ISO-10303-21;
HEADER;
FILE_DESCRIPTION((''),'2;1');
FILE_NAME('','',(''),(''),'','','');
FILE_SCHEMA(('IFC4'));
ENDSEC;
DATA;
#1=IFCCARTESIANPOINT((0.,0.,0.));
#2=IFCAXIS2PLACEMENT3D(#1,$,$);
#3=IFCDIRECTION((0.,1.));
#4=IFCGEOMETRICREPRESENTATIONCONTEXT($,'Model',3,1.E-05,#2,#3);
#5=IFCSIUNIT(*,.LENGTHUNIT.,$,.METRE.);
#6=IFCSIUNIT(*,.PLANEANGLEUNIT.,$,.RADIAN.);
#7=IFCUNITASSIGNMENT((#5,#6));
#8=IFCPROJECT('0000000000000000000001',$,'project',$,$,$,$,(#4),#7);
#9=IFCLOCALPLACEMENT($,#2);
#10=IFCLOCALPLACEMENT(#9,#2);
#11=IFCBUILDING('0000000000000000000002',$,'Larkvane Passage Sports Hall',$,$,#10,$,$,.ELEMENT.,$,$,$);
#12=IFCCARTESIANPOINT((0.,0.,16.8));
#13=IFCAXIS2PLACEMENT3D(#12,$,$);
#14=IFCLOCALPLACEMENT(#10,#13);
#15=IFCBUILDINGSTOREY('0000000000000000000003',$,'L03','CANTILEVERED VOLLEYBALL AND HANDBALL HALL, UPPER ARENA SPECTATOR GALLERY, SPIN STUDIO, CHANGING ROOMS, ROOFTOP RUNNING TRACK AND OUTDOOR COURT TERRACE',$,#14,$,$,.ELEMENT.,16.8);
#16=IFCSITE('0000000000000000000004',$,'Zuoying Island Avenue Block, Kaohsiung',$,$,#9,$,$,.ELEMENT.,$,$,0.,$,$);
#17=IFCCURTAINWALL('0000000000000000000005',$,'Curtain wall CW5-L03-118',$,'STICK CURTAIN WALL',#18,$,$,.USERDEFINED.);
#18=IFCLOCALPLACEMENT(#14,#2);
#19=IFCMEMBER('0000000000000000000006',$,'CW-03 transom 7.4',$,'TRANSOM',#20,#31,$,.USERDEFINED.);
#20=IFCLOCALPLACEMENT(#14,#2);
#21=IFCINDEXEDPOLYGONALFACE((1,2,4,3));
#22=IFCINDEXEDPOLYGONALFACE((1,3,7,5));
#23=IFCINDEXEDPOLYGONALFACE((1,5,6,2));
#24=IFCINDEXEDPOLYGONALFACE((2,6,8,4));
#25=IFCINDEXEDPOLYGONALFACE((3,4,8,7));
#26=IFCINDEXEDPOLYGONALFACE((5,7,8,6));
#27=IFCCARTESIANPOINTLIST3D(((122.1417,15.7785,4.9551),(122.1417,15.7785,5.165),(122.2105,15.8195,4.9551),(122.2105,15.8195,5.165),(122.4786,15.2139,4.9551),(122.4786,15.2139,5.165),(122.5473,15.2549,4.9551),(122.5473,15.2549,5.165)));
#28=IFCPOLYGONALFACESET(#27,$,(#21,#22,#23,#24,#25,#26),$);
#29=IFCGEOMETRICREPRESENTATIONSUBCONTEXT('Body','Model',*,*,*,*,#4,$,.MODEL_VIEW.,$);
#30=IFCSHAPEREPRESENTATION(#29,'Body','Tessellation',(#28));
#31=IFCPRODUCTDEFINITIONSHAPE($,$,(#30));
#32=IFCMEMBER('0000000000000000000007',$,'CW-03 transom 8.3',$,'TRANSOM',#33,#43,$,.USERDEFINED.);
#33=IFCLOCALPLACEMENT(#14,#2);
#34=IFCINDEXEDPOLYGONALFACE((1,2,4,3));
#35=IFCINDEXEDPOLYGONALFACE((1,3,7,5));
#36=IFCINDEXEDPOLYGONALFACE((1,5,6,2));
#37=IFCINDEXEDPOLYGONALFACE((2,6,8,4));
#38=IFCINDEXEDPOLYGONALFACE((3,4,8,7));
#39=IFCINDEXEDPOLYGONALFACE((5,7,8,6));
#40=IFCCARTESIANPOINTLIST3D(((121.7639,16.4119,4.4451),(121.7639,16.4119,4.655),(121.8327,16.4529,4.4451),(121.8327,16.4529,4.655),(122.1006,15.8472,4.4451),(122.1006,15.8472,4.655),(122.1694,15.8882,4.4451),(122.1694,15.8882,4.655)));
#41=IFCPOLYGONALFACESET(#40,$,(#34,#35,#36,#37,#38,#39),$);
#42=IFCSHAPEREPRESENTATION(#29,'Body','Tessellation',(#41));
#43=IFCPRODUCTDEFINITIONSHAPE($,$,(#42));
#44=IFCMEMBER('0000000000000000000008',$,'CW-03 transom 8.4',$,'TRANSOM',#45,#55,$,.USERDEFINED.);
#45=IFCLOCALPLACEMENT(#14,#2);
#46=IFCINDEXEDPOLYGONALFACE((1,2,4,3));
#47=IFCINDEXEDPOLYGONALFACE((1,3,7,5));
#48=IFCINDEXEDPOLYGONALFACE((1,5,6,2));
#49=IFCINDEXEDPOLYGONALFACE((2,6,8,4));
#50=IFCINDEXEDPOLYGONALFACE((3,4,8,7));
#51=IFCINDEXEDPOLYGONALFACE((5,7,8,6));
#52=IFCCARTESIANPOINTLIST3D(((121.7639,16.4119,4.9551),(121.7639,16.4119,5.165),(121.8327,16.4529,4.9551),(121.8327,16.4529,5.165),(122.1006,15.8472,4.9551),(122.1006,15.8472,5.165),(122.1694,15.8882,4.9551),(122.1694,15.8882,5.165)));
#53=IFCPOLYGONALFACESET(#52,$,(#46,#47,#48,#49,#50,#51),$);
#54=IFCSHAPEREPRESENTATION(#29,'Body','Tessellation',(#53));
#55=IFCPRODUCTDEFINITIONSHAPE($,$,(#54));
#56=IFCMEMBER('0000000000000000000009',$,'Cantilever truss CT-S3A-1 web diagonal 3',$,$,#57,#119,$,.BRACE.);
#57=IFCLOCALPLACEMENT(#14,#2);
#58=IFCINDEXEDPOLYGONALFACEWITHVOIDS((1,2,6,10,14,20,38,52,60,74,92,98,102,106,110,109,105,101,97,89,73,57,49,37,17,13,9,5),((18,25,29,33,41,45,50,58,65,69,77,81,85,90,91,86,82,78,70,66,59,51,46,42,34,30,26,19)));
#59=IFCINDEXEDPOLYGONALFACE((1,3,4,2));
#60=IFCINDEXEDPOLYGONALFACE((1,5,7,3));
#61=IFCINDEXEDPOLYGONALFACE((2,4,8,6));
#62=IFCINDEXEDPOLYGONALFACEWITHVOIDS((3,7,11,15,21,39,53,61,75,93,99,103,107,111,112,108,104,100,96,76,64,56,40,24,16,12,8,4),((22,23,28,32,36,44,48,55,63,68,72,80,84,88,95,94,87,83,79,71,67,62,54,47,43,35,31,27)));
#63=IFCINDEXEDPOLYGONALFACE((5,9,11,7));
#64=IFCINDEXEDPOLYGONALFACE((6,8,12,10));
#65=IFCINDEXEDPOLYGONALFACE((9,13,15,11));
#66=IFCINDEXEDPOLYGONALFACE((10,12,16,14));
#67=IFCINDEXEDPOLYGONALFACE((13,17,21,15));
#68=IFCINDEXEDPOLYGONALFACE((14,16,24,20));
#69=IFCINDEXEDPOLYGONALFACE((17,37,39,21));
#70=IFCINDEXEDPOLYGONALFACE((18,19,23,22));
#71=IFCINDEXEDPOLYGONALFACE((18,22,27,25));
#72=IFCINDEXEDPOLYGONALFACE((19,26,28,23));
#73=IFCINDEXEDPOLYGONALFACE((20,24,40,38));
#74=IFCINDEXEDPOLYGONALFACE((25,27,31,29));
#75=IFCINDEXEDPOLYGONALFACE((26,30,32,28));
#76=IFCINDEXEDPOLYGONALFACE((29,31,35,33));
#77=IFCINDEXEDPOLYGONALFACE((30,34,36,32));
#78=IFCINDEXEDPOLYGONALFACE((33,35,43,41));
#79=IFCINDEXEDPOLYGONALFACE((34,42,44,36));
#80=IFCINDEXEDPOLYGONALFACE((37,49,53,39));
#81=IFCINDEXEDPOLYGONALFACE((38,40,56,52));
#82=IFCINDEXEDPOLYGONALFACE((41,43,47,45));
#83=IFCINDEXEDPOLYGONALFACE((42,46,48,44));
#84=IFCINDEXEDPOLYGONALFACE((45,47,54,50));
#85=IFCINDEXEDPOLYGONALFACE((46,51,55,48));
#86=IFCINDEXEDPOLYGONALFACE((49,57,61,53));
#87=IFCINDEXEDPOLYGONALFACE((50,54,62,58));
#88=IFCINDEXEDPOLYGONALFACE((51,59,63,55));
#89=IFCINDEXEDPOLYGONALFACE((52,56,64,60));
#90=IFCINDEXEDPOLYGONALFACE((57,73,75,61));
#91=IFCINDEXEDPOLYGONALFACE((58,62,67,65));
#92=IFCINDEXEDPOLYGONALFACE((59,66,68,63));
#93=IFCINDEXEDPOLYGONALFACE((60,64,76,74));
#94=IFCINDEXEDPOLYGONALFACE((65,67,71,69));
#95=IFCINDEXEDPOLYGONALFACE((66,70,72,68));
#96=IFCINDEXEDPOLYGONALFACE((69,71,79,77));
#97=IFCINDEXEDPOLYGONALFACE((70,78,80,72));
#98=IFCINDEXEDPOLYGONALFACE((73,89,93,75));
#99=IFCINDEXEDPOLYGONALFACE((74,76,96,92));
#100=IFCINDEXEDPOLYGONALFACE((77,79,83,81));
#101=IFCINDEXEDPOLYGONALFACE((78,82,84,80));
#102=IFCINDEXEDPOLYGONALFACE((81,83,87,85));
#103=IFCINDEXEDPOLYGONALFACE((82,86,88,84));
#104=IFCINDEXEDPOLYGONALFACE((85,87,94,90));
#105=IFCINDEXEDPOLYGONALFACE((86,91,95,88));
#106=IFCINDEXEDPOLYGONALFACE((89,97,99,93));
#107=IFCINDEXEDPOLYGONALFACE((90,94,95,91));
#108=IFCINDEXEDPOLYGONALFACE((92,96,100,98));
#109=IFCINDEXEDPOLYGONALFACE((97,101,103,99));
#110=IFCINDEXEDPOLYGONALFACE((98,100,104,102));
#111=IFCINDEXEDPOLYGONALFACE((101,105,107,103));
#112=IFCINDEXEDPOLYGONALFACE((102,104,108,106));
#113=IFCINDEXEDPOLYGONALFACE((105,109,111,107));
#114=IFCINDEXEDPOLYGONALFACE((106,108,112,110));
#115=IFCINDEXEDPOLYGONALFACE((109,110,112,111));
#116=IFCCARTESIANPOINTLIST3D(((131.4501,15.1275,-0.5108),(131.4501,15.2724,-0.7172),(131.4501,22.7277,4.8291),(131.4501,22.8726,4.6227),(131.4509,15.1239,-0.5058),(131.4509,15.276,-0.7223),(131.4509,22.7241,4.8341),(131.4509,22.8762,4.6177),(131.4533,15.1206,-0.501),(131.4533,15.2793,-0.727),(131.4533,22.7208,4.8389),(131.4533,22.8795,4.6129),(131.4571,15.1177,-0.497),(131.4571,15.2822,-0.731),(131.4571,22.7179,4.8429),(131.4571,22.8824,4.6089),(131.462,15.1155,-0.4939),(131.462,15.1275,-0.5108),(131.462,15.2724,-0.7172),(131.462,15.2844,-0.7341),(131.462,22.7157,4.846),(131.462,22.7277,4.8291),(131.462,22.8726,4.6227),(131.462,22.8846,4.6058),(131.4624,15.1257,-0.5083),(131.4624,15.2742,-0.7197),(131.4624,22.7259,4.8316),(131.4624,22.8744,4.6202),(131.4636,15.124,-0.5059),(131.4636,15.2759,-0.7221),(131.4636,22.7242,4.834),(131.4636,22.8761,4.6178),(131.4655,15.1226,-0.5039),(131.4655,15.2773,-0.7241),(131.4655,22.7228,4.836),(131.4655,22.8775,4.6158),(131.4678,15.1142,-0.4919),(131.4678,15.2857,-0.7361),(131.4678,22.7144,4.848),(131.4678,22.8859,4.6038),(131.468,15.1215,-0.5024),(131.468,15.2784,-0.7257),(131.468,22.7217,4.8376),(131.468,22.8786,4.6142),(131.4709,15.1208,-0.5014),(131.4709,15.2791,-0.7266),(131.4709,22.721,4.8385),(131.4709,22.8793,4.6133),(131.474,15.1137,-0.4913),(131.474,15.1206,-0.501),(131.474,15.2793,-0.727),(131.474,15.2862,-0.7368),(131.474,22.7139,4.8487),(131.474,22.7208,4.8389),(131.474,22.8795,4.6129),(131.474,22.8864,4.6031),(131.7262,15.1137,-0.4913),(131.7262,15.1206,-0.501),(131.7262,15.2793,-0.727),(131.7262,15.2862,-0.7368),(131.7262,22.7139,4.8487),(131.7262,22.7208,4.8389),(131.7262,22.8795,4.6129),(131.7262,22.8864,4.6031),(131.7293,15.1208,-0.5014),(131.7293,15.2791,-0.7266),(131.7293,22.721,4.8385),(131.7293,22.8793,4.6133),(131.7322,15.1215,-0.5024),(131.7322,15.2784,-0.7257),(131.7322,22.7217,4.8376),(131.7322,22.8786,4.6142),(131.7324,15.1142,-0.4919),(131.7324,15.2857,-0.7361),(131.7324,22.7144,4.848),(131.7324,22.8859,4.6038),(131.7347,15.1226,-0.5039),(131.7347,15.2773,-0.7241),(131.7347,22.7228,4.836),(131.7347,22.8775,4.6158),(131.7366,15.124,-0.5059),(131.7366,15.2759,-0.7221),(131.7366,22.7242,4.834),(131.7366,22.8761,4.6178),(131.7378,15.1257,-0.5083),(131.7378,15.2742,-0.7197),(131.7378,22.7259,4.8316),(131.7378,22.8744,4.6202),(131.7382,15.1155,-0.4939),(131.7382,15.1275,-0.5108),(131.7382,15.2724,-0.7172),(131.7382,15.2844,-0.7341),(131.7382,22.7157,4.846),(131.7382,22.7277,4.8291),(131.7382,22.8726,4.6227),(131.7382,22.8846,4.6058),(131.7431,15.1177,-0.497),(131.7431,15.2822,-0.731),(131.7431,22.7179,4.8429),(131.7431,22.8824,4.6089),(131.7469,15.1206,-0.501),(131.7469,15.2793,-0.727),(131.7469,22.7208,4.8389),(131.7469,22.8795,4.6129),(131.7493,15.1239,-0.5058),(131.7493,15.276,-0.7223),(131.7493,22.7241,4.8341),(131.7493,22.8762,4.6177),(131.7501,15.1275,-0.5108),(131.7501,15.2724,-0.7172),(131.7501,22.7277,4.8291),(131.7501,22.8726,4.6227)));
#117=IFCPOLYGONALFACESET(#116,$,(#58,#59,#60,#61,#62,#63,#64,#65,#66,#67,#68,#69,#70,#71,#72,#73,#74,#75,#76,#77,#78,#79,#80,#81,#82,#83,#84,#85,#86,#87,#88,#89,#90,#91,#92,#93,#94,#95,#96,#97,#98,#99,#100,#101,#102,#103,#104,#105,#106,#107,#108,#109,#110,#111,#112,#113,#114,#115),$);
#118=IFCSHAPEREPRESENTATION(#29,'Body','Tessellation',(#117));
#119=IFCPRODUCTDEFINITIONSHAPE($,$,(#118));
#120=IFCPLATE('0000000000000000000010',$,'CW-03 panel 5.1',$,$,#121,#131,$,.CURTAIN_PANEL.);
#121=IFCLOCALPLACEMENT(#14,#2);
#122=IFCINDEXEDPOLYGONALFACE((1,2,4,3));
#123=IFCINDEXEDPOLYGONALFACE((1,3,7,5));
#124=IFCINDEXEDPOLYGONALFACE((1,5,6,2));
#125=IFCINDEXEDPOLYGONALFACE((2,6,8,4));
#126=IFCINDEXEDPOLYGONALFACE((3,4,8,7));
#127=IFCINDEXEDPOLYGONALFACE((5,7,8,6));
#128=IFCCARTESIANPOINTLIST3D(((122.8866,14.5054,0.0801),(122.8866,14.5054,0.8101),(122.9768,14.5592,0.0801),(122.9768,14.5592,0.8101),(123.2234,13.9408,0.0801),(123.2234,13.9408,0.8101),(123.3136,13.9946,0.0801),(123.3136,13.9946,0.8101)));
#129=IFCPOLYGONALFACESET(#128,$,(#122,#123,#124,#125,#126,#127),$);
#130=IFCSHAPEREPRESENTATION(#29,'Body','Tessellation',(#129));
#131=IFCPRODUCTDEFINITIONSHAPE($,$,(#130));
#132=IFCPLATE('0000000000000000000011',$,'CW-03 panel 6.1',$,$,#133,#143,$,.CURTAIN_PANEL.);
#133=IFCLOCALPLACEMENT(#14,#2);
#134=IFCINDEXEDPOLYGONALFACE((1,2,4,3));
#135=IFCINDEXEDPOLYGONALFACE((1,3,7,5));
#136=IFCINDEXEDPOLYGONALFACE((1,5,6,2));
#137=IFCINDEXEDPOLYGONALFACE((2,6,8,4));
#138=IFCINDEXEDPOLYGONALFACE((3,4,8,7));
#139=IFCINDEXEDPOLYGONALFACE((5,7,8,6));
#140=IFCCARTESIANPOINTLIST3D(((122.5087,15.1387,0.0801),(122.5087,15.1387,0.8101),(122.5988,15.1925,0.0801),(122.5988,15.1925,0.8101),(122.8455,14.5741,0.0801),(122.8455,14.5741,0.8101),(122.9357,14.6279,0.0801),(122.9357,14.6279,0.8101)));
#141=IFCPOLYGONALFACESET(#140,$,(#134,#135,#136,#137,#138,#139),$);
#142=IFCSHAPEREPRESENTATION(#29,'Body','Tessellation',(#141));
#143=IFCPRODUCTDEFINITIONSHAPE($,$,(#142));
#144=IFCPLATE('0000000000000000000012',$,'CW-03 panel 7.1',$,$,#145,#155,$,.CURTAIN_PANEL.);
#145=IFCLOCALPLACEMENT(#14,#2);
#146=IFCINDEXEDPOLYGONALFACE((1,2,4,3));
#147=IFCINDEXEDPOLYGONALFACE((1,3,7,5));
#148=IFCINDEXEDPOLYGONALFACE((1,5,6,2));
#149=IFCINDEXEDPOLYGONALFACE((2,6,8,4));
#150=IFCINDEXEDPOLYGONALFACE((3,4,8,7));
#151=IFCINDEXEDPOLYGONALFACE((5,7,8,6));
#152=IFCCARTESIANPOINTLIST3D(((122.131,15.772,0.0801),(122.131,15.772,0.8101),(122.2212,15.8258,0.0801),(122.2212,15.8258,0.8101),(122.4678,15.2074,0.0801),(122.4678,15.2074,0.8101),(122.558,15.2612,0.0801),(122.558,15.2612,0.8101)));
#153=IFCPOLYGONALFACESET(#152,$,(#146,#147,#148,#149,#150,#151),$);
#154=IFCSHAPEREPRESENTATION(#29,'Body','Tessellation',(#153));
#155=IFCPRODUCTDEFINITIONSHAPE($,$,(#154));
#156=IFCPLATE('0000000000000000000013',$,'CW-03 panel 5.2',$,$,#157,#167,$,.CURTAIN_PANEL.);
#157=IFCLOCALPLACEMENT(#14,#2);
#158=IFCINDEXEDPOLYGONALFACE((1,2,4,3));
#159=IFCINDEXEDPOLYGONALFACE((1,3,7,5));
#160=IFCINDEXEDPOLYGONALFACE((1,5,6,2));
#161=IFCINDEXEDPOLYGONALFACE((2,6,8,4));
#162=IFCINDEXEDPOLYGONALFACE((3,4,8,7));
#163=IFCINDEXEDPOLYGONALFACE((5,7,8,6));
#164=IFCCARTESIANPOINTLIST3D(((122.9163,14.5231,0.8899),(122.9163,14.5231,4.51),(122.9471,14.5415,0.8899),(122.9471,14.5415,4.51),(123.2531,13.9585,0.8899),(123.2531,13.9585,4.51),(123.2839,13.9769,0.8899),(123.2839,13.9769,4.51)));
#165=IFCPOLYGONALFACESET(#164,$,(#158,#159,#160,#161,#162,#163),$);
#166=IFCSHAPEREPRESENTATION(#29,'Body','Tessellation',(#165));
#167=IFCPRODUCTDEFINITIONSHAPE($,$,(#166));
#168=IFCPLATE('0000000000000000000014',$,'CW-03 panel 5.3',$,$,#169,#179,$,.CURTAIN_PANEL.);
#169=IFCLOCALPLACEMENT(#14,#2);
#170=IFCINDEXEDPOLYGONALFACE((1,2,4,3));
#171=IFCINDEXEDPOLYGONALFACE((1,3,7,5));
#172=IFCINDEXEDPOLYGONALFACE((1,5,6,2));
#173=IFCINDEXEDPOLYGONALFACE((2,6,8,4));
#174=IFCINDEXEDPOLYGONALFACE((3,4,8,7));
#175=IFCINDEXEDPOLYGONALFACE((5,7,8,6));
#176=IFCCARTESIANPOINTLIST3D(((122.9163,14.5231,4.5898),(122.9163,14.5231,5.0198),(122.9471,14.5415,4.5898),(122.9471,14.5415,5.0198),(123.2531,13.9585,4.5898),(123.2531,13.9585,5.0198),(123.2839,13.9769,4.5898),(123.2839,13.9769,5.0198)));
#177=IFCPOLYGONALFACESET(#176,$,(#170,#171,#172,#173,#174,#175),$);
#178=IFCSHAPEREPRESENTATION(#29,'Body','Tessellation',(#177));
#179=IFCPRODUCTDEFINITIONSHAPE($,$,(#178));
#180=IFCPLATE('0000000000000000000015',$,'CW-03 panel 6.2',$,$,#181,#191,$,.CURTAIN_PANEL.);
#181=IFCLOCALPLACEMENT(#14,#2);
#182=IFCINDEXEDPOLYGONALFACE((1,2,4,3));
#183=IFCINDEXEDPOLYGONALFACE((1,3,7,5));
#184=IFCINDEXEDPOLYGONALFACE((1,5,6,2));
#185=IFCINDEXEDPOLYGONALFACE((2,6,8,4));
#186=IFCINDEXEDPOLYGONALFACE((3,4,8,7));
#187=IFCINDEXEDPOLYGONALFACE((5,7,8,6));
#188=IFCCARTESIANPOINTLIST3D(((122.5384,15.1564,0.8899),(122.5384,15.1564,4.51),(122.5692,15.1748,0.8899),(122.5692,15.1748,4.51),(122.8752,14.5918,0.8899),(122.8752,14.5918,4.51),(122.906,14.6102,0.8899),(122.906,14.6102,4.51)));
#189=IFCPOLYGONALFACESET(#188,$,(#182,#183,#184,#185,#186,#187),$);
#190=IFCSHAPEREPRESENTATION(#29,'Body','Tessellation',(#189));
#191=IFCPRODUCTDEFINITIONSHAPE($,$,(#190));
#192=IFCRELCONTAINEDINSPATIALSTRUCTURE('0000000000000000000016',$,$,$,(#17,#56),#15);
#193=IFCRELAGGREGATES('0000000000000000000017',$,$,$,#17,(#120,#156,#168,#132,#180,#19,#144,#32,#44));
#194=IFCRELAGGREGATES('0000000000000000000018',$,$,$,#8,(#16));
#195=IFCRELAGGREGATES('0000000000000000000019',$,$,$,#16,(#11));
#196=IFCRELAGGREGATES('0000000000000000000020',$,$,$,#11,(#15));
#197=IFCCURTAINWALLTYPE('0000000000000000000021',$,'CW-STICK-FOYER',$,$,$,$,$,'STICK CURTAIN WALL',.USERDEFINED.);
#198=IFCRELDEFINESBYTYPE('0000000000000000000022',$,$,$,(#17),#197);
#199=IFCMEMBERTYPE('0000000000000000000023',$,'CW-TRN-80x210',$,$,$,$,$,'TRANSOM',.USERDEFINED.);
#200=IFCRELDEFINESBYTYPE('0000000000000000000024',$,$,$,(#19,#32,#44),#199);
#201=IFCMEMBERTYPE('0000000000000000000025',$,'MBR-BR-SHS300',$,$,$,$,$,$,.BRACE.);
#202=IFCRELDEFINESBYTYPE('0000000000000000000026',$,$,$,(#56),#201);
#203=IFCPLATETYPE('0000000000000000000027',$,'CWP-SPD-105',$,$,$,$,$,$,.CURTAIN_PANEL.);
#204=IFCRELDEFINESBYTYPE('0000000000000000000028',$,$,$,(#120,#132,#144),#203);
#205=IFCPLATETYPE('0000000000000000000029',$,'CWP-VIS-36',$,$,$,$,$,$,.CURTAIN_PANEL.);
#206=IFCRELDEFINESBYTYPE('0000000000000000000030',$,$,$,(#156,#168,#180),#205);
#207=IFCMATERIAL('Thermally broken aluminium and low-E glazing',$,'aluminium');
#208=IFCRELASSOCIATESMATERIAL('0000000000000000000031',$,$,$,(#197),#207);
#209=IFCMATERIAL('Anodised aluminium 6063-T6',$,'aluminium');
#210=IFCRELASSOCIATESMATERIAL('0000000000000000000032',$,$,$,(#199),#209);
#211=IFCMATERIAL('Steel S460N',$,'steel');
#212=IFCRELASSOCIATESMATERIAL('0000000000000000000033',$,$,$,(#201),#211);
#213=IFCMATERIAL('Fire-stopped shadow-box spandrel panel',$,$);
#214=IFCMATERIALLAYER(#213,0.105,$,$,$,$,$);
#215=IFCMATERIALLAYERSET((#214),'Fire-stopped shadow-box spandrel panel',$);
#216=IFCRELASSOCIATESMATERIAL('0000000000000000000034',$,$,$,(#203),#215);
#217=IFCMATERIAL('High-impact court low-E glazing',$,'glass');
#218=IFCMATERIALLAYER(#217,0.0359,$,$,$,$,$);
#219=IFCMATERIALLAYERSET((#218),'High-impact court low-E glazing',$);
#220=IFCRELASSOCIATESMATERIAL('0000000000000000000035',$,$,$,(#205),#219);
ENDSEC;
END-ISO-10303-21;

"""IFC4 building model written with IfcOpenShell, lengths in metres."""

from ifc_helpers import new_model, si_unit, direction, frame, origin, origin_2d, place, context, subcontext, project, spatial, rectangle, hollow_rectangle, extrude, material, layer, layer_set, material_profile, profile_set, type_object, element, aggregate, save


model = new_model("IFC4")

# Units and contexts
model_context = context("Model", 3, precision=1e-05, world=origin(), true_north=direction((0.0, 1.0)))
body_context = subcontext(model_context, "Body", "Model", "MODEL_VIEW")
ifc_project = project(units=[si_unit("LENGTHUNIT", "METRE"), si_unit("PLANEANGLEUNIT", "RADIAN")], contexts=[model_context])

# Site, building, storey
site_placement = place(None, origin())
site = spatial("IfcSite", under=ifc_project, at=site_placement, Name="Zuoying Island Avenue Block, Kaohsiung", CompositionType="ELEMENT", RefElevation=0.0)
building_placement = place(site_placement, origin())
building = spatial("IfcBuilding", under=site, at=building_placement, Name="Larkvane Passage Sports Hall", CompositionType="ELEMENT")
storey_placement = place(building_placement, frame((0.0, 0.0, 16.8)))
storey = spatial("IfcBuildingStorey", under=building, at=storey_placement, Name="L03", Description="CANTILEVERED VOLLEYBALL AND HANDBALL HALL, UPPER ARENA SPECTATOR GALLERY, SPIN STUDIO, CHANGING ROOMS, ROOFTOP RUNNING TRACK AND OUTDOOR COURT TERRACE", CompositionType="ELEMENT", Elevation=16.8)

# Shared definitions
ifc_material_1 = material(Name="Steel S460N", Category="steel")

# Curtain wall, members
ifc_material_2 = material(Name="Thermally broken aluminium and low-E glazing", Category="aluminium")
curtain_wall_type = type_object("IfcCurtainWallType", Name="CW-STICK-FOYER", ElementType="STICK CURTAIN WALL", PredefinedType="USERDEFINED", material=ifc_material_2)
curtain_wall_placement = place(storey_placement, origin())
curtain_wall = element("IfcCurtainWall", 1, at=curtain_wall_placement, inside=storey, type_object=curtain_wall_type, Name="Curtain wall CW5-L03-118", ObjectType="STICK CURTAIN WALL", PredefinedType="USERDEFINED")
ifc_material_3 = material(Name="Anodised aluminium 6063-T6", Category="aluminium")
ifc_material_profile_1 = material_profile(ifc_material_3, rectangle(XDim=0.0801, YDim=0.21, at=origin_2d()), Name="ALU-TRN-80x210")
ifc_profile_set_1 = profile_set([ifc_material_profile_1], Name="Anodised aluminium 6063-T6")
member_type_1 = type_object("IfcMemberType", Name="CW-TRN-80x210", ElementType="TRANSOM", PredefinedType="USERDEFINED", material=ifc_profile_set_1)
member_1_placement = place(storey_placement, frame((122.5129, 15.2344, 5.0601), z_axis=(-0.512365, 0.858768, 0.0), x_axis=(-0.858768, -0.512365, 0.0)))
member_1 = element("IfcMember", 2, at=member_1_placement, type_object=member_type_1, Name="CW-03 transom 7.4", ObjectType="TRANSOM", PredefinedType="USERDEFINED", context=body_context, shape_type="SweptSolid", body=[
    extrude(rectangle(XDim=0.0801, YDim=0.21, at=origin_2d()), origin(), (0.0, 0.0, 1.0), 0.6575),
])
member_2_placement = place(storey_placement, frame((122.135, 15.8677, 4.55), z_axis=(-0.512091, 0.858931, 0.0), x_axis=(-0.858931, -0.512091, 0.0)))
member_2 = element("IfcMember", 3, at=member_2_placement, type_object=member_type_1, Name="CW-03 transom 8.3", ObjectType="TRANSOM", PredefinedType="USERDEFINED", context=body_context, shape_type="SweptSolid", body=[
    extrude(rectangle(XDim=0.0801, YDim=0.21, at=origin_2d()), origin(), (0.0, 0.0, 1.0), 0.6575),
])
member_3_placement = place(storey_placement, frame((122.135, 15.8677, 5.0601), z_axis=(-0.512091, 0.858931, 0.0), x_axis=(-0.858931, -0.512091, 0.0)))
member_3 = element("IfcMember", 4, at=member_3_placement, type_object=member_type_1, Name="CW-03 transom 8.4", ObjectType="TRANSOM", PredefinedType="USERDEFINED", context=body_context, shape_type="SweptSolid", body=[
    extrude(rectangle(XDim=0.0801, YDim=0.21, at=origin_2d()), origin(), (0.0, 0.0, 1.0), 0.6575),
])

# Member
ifc_material_profile_2 = material_profile(ifc_material_1, hollow_rectangle(XDim=0.3, YDim=0.3, WallThickness=0.012, InnerFilletRadius=0.012, OuterFilletRadius=0.0239, at=origin_2d()), Name="SHS-300x300x12")
ifc_profile_set_2 = profile_set([ifc_material_profile_2], Name="Steel S460N")
member_type_2 = type_object("IfcMemberType", Name="MBR-BR-SHS300", PredefinedType="BRACE", material=ifc_profile_set_2)
member_4_placement = place(storey_placement, frame((131.6001, 15.2, -0.614), z_axis=(0.0, 0.81823, 0.57489), x_axis=(-1.0, 0.0, 0.0)))
element("IfcMember", 5, at=member_4_placement, inside=storey, type_object=member_type_2, Name="Cantilever truss CT-S3A-1 web diagonal 3", PredefinedType="BRACE", context=body_context, shape_type="SweptSolid", body=[
    extrude(hollow_rectangle(XDim=0.3, YDim=0.3, WallThickness=0.012, InnerFilletRadius=0.012, OuterFilletRadius=0.0239, at=origin_2d()), origin(), (0.0, 0.0, 1.0), 9.2886),
])

# Plates
ifc_material_4 = material(Name="Fire-stopped shadow-box spandrel panel")
ifc_layer_1 = layer(ifc_material_4, 0.105)
ifc_layer_set_1 = layer_set([ifc_layer_1], Name="Fire-stopped shadow-box spandrel panel")
plate_type_1 = type_object("IfcPlateType", Name="CWP-SPD-105", PredefinedType="CURTAIN_PANEL", material=ifc_layer_set_1)
plate_1_placement = place(storey_placement, frame((123.1001, 14.25, 0.0801), z_axis=(0.0, 0.0, 1.0), x_axis=(-0.512278, 0.85882, 0.0)))
plate_1 = element("IfcPlate", 6, at=plate_1_placement, type_object=plate_type_1, Name="CW-03 panel 5.1", PredefinedType="CURTAIN_PANEL", context=body_context, shape_type="SweptSolid", body=[
    extrude(rectangle(XDim=0.6575, YDim=0.105, at=origin_2d()), origin(), (0.0, 0.0, 1.0), 0.73),
])
plate_2_placement = place(storey_placement, frame((122.7222, 14.8833, 0.0801), z_axis=(0.0, 0.0, 1.0), x_axis=(-0.512278, 0.85882, 0.0)))
plate_2 = element("IfcPlate", 7, at=plate_2_placement, type_object=plate_type_1, Name="CW-03 panel 6.1", PredefinedType="CURTAIN_PANEL", context=body_context, shape_type="SweptSolid", body=[
    extrude(rectangle(XDim=0.6575, YDim=0.105, at=origin_2d()), origin(), (0.0, 0.0, 1.0), 0.73),
])
plate_3_placement = place(storey_placement, frame((122.3445, 15.5166, 0.0801), z_axis=(0.0, 0.0, 1.0), x_axis=(-0.512278, 0.85882, 0.0)))
plate_3 = element("IfcPlate", 8, at=plate_3_placement, type_object=plate_type_1, Name="CW-03 panel 7.1", PredefinedType="CURTAIN_PANEL", context=body_context, shape_type="SweptSolid", body=[
    extrude(rectangle(XDim=0.6575, YDim=0.105, at=origin_2d()), origin(), (0.0, 0.0, 1.0), 0.73),
])
ifc_material_5 = material(Name="High-impact court low-E glazing", Category="glass")
ifc_layer_2 = layer(ifc_material_5, 0.0359)
ifc_layer_set_2 = layer_set([ifc_layer_2], Name="High-impact court low-E glazing")
plate_type_2 = type_object("IfcPlateType", Name="CWP-VIS-36", PredefinedType="CURTAIN_PANEL", material=ifc_layer_set_2)
plate_4_placement = place(storey_placement, frame((123.1001, 14.25, 0.8899), z_axis=(0.0, 0.0, 1.0), x_axis=(-0.512278, 0.85882, 0.0)))
plate_4 = element("IfcPlate", 9, at=plate_4_placement, type_object=plate_type_2, Name="CW-03 panel 5.2", PredefinedType="CURTAIN_PANEL", context=body_context, shape_type="SweptSolid", body=[
    extrude(rectangle(XDim=0.6575, YDim=0.0359, at=origin_2d()), origin(), (0.0, 0.0, 1.0), 3.6201),
])
plate_5_placement = place(storey_placement, frame((123.1001, 14.25, 4.5898), z_axis=(0.0, 0.0, 1.0), x_axis=(-0.512278, 0.85882, 0.0)))
plate_5 = element("IfcPlate", 10, at=plate_5_placement, type_object=plate_type_2, Name="CW-03 panel 5.3", PredefinedType="CURTAIN_PANEL", context=body_context, shape_type="SweptSolid", body=[
    extrude(rectangle(XDim=0.6575, YDim=0.0359, at=origin_2d()), origin(), (0.0, 0.0, 1.0), 0.4299),
])
plate_6_placement = place(storey_placement, frame((122.7222, 14.8833, 0.8899), z_axis=(0.0, 0.0, 1.0), x_axis=(-0.512278, 0.85882, 0.0)))
plate_6 = element("IfcPlate", 11, at=plate_6_placement, type_object=plate_type_2, Name="CW-03 panel 6.2", PredefinedType="CURTAIN_PANEL", context=body_context, shape_type="SweptSolid", body=[
    extrude(rectangle(XDim=0.6575, YDim=0.0359, at=origin_2d()), origin(), (0.0, 0.0, 1.0), 3.6201),
])
aggregate(curtain_wall, [plate_1, plate_4, plate_5, plate_2, plate_6, member_1, plate_3, member_2, member_3])

save(model, "model.ifc")
